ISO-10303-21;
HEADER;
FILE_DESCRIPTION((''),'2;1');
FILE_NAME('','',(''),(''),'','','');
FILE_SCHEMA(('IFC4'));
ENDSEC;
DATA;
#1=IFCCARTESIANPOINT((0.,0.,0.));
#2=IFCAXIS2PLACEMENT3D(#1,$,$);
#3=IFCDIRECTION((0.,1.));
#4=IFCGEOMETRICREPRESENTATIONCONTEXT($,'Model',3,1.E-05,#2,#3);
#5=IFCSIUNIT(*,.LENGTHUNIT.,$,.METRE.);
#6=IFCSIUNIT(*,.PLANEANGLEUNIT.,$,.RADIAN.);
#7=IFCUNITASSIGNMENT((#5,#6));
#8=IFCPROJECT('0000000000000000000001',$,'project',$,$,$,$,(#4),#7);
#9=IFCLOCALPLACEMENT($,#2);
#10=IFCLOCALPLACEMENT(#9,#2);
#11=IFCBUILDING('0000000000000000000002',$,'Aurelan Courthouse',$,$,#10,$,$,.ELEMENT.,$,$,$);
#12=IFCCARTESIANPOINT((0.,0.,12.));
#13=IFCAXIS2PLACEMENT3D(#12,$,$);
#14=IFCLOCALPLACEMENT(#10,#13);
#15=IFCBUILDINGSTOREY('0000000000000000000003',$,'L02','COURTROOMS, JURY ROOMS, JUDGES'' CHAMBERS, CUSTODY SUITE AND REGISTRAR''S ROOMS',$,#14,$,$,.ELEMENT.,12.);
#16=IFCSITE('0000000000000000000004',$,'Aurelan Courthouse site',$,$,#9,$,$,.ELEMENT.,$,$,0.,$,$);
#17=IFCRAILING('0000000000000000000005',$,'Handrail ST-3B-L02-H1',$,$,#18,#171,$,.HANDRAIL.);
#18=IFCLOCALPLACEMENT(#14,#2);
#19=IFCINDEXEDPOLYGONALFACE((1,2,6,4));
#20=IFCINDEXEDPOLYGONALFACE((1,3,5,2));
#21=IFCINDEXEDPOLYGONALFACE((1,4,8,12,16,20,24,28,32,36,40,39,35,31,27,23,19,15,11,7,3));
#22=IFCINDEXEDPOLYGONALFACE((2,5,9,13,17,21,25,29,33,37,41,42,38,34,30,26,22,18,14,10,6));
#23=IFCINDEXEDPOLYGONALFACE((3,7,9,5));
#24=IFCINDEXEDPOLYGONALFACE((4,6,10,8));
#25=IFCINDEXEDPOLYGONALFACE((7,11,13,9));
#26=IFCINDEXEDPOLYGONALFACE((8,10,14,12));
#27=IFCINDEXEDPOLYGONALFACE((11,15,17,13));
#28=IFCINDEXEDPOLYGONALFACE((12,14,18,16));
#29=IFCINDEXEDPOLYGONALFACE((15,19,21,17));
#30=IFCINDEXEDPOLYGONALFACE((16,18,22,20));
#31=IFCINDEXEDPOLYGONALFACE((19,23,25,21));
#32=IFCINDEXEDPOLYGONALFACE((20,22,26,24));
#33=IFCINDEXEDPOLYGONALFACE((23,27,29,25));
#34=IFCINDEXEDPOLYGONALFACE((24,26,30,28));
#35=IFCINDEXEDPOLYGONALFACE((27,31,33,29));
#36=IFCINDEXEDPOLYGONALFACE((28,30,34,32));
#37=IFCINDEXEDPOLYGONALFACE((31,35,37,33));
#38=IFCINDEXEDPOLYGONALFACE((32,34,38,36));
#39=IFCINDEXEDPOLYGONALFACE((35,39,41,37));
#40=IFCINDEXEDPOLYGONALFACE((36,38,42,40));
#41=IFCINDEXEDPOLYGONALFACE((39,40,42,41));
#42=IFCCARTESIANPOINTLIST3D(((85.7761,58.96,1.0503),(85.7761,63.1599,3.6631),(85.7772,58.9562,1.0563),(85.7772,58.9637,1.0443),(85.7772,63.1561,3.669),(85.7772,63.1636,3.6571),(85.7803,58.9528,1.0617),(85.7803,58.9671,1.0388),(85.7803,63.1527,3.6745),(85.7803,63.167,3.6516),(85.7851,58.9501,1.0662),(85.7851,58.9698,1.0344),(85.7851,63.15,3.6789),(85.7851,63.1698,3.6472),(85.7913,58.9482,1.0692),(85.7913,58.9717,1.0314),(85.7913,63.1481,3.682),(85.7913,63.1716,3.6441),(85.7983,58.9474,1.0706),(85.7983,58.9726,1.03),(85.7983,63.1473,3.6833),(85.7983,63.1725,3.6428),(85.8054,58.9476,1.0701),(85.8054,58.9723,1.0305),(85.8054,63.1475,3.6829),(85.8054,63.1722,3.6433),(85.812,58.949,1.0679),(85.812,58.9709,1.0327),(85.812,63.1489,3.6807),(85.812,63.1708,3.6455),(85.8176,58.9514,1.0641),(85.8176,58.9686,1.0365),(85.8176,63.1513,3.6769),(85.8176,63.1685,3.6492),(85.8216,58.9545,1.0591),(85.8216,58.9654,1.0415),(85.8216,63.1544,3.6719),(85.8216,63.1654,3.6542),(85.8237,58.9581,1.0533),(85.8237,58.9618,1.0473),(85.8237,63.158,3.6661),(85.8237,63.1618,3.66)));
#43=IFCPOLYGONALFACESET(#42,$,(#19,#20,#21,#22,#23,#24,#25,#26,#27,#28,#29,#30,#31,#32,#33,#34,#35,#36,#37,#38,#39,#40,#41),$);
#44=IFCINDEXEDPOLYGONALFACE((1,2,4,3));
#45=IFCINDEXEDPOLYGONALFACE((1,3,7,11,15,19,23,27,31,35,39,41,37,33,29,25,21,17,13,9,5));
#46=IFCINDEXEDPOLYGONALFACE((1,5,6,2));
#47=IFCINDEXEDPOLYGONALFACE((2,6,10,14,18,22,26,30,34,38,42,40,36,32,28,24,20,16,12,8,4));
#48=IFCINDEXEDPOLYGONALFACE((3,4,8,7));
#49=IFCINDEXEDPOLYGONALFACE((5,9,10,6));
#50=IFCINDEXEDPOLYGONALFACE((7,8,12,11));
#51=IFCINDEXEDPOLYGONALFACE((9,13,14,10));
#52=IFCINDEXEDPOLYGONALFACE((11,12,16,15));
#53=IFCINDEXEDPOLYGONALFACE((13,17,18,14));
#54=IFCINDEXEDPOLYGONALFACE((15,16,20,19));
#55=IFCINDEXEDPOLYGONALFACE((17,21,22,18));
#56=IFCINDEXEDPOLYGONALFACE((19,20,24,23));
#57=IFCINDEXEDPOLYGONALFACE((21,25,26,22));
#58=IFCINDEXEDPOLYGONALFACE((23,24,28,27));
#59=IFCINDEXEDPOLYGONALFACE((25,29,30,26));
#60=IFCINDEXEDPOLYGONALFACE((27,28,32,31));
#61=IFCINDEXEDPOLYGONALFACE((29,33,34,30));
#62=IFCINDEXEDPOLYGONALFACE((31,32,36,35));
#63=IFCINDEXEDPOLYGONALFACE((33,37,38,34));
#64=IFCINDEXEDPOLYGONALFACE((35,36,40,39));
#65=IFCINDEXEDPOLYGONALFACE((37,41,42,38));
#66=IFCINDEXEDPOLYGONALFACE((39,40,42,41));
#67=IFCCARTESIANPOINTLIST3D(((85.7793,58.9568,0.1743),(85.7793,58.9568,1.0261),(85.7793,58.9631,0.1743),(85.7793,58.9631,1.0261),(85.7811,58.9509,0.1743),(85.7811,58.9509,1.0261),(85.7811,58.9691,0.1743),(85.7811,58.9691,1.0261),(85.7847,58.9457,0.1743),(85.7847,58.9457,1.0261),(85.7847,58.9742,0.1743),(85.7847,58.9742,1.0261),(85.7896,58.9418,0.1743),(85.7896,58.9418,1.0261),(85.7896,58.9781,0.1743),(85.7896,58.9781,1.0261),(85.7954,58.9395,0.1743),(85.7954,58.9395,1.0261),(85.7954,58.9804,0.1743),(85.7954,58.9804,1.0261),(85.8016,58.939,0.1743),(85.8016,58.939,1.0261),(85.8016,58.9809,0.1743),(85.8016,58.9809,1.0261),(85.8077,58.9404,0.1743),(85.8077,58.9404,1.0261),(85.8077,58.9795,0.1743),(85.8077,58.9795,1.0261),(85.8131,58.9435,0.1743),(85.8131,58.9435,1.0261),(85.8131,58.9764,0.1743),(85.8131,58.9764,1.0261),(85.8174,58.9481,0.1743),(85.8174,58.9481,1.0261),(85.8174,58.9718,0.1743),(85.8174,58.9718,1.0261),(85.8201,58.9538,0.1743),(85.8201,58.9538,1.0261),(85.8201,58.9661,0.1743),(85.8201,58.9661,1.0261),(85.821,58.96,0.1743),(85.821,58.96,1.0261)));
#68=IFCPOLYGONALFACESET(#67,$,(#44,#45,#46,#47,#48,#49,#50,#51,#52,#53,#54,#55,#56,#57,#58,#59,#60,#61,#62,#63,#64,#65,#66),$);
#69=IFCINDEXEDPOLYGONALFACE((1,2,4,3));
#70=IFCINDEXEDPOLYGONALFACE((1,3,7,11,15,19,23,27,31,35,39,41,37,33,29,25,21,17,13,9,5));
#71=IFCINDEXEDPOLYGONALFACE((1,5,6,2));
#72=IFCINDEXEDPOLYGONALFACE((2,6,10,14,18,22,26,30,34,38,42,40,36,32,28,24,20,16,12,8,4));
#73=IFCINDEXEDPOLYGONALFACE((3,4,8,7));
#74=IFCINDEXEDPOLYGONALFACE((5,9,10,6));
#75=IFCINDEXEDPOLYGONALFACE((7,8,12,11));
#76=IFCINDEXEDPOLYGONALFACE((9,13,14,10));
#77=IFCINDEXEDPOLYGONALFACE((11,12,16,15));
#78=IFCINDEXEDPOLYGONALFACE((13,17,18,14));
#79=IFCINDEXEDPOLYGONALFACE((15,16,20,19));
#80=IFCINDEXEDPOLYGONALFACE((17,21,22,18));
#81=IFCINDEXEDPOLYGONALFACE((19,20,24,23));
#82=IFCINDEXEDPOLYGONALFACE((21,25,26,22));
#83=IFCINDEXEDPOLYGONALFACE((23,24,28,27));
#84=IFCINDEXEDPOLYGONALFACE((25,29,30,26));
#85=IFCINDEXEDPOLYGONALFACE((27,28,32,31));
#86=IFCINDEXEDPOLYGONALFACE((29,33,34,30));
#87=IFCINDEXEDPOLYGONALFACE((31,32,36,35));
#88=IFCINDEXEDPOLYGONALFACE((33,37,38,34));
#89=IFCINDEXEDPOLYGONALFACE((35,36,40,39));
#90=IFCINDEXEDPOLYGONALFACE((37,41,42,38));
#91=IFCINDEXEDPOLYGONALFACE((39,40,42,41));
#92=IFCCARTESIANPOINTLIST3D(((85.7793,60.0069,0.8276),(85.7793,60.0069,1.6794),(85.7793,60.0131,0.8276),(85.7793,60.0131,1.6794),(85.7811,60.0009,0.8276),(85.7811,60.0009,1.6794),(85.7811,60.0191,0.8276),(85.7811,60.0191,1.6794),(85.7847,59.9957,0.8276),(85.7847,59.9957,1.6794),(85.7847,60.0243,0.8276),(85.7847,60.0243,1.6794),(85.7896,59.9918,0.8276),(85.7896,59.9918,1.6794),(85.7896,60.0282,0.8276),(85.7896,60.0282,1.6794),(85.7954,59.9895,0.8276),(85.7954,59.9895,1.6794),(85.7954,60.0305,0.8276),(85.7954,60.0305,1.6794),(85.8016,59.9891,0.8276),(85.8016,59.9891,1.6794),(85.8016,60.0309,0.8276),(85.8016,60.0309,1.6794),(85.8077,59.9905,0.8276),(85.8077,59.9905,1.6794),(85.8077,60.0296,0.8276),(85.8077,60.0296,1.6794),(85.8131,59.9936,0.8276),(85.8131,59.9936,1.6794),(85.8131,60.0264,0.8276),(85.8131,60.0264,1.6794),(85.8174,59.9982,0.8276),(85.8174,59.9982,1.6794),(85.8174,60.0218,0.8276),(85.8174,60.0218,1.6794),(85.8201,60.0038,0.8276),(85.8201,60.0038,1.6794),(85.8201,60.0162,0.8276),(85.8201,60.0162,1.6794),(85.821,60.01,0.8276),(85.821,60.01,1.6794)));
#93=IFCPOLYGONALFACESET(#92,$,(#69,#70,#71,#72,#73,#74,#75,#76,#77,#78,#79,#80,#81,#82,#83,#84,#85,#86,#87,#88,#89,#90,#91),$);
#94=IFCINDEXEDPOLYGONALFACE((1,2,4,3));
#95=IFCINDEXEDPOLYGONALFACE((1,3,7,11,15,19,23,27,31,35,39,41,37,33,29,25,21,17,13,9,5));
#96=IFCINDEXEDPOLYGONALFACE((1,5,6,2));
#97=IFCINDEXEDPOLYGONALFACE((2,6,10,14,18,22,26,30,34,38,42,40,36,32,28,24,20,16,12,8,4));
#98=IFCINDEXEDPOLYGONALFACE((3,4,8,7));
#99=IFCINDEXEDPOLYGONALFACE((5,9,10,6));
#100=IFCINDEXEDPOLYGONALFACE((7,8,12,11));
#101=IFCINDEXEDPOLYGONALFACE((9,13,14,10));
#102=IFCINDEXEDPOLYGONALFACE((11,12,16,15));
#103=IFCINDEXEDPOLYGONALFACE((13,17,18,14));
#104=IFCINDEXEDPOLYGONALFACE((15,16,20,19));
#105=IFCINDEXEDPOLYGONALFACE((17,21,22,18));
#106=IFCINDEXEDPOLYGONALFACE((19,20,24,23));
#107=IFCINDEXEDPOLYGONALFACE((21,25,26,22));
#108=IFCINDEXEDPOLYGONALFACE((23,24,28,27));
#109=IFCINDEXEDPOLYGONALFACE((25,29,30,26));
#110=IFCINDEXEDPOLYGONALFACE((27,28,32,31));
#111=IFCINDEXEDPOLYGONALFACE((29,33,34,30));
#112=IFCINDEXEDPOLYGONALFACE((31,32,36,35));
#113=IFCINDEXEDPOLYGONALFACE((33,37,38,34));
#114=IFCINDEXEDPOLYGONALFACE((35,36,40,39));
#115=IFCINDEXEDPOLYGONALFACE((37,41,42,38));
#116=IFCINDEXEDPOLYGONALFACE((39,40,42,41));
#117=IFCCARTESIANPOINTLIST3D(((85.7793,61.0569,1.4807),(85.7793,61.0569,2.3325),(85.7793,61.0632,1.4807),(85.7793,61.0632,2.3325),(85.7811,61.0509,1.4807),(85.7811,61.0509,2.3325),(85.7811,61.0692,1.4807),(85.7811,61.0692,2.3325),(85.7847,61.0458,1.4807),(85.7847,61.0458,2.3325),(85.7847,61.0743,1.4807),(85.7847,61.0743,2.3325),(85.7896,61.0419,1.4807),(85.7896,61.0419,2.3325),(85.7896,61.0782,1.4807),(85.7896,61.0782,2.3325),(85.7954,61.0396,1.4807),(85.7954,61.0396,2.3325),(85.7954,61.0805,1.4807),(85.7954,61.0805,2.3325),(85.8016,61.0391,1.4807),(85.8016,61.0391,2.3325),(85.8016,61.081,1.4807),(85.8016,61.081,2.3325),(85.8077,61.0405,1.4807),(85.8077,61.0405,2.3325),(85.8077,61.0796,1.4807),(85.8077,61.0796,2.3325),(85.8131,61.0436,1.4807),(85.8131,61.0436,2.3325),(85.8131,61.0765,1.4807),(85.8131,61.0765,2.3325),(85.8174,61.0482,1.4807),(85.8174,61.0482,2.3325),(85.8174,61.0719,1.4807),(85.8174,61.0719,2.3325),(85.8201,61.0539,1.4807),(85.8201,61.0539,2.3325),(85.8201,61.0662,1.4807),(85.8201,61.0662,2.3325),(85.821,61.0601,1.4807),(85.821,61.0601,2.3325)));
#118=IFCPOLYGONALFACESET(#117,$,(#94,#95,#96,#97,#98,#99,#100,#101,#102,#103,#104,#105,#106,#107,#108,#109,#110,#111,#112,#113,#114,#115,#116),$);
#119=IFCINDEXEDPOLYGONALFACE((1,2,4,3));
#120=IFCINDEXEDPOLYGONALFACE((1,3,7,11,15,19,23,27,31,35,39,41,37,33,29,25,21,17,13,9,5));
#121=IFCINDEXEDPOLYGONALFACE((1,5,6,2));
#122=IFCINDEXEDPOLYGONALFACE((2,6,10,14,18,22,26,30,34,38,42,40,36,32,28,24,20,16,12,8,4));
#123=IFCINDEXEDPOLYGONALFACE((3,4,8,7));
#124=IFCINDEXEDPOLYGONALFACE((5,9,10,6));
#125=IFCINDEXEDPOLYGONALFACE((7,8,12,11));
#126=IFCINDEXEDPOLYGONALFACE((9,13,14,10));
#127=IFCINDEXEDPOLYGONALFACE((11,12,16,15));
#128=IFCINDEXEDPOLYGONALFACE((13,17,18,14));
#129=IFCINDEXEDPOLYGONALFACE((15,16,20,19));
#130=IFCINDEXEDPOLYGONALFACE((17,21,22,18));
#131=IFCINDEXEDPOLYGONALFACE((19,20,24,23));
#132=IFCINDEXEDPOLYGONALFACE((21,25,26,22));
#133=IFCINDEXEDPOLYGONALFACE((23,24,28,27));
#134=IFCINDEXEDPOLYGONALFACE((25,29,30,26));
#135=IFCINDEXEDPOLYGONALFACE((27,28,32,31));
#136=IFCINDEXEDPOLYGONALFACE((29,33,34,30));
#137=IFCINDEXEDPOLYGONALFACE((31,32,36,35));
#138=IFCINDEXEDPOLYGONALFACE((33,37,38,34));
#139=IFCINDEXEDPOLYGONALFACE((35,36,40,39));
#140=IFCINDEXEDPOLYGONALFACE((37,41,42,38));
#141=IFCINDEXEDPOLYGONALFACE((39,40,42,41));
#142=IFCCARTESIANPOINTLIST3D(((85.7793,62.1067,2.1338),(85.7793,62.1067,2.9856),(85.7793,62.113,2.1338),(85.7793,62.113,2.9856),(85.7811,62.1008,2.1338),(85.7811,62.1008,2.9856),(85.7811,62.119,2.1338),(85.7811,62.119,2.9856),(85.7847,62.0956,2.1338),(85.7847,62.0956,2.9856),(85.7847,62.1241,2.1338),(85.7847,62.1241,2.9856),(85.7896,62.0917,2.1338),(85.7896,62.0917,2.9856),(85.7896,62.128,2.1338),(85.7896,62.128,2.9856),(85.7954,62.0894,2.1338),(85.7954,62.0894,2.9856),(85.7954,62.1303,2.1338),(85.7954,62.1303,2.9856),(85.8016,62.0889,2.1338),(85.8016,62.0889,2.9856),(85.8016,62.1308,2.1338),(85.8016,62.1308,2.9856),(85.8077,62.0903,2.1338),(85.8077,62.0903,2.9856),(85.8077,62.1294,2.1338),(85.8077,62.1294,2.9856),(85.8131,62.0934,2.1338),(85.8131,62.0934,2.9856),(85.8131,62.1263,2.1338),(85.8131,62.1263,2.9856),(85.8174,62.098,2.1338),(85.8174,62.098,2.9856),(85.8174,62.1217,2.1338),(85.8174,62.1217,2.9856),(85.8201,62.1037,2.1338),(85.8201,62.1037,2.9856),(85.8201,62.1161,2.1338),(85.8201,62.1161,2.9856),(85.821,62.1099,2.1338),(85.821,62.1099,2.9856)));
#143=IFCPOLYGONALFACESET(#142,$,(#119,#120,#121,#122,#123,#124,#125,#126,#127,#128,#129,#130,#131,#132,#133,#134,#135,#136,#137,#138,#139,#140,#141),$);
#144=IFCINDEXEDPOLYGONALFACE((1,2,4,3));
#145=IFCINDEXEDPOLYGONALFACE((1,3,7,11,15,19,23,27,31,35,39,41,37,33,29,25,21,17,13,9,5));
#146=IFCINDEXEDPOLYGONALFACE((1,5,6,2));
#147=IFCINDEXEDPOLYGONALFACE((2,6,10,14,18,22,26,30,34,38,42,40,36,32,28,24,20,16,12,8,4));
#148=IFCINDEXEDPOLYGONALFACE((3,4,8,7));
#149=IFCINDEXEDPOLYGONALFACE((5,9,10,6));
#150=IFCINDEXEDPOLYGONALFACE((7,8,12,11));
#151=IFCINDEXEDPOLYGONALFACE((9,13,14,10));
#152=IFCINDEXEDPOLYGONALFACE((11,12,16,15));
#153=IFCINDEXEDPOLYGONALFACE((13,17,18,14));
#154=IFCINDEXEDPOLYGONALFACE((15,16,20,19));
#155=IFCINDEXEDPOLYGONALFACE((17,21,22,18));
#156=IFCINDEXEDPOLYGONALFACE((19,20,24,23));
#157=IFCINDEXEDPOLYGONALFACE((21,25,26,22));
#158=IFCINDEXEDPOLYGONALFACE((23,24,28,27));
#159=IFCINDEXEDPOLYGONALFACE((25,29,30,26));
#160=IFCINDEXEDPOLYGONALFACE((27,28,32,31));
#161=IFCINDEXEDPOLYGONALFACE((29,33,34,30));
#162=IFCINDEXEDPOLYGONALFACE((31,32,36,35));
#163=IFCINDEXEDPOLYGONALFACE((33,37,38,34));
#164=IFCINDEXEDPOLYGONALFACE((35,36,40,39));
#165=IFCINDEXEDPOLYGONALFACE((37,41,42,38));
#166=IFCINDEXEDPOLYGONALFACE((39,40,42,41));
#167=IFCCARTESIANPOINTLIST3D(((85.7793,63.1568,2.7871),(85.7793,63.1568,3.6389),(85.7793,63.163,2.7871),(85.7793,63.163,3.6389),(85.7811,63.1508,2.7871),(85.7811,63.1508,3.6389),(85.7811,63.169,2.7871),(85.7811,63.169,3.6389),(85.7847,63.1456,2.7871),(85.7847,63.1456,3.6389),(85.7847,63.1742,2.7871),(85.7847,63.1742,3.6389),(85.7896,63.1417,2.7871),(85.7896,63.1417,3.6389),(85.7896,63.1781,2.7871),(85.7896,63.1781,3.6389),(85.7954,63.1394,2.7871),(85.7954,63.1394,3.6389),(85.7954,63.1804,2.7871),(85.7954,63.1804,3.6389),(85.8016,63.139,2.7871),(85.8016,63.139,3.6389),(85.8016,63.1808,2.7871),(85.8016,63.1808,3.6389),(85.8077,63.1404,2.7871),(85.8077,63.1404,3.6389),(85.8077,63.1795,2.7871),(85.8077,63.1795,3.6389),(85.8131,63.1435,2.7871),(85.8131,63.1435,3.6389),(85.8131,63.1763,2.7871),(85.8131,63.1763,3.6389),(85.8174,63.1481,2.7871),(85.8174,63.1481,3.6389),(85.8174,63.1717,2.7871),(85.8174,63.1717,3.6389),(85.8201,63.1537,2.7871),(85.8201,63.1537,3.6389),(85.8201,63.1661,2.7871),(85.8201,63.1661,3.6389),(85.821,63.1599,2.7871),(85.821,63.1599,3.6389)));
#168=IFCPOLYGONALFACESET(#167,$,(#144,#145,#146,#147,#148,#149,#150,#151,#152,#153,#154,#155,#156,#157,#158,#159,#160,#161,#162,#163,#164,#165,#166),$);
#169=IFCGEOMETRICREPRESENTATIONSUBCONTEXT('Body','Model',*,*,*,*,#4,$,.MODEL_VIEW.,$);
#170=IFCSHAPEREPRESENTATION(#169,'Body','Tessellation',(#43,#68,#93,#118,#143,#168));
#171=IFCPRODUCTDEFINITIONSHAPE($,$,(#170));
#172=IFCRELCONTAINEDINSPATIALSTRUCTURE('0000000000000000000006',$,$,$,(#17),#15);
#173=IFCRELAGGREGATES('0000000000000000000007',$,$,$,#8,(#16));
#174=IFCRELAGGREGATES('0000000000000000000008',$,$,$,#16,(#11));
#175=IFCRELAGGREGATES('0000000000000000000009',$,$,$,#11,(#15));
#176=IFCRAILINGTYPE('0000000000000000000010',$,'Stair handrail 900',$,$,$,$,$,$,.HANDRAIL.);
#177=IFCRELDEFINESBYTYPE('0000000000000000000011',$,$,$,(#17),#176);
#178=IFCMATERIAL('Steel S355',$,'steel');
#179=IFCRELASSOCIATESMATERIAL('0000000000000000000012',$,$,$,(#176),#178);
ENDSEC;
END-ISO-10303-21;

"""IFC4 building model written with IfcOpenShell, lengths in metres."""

from ifc_helpers import new_model, si_unit, direction, frame, origin, origin_2d, place, context, subcontext, project, spatial, circle, extrude, material, type_object, element, save


model = new_model("IFC4")

# Units and contexts
model_context = context("Model", 3, precision=1e-05, world=origin(), true_north=direction((0.0, 1.0)))
body_context = subcontext(model_context, "Body", "Model", "MODEL_VIEW")
ifc_project = project(units=[si_unit("LENGTHUNIT", "METRE"), si_unit("PLANEANGLEUNIT", "RADIAN")], contexts=[model_context])

# Site, building, storey
site_placement = place(None, origin())
site = spatial("IfcSite", under=ifc_project, at=site_placement, Name="Aurelan Courthouse site", CompositionType="ELEMENT", RefElevation=0.0)
building_placement = place(site_placement, origin())
building = spatial("IfcBuilding", under=site, at=building_placement, Name="Aurelan Courthouse", CompositionType="ELEMENT")
storey_placement = place(building_placement, frame((0.0, 0.0, 12.0)))
storey = spatial("IfcBuildingStorey", under=building, at=storey_placement, Name="L02", Description="COURTROOMS, JURY ROOMS, JUDGES' CHAMBERS, CUSTODY SUITE AND REGISTRAR'S ROOMS", CompositionType="ELEMENT", Elevation=12.0)

# Railing
ifc_material_1 = material(Name="Steel S355", Category="steel")
railing_type_1 = type_object("IfcRailingType", Name="Stair handrail 900", PredefinedType="HANDRAIL", material=ifc_material_1)
railing_1_placement = place(storey_placement, frame((85.8, 58.96, 0.1743)))
element("IfcRailing", 1, at=railing_1_placement, inside=storey, type_object=railing_type_1, Name="Handrail ST-3B-L02-H1", PredefinedType="HANDRAIL", context=body_context, shape_type="SweptSolid", body=[
    extrude(circle(Radius=0.0239, at=origin_2d()), frame((0.0, 0.0, 0.876), z_axis=(0.0, 0.849103, 0.528228), x_axis=(-1.0, 0.0, 0.0)), (0.0, 0.0, 1.0), 4.9463),
    extrude(circle(Radius=0.021, at=origin_2d()), origin(), (0.0, 0.0, 1.0), 0.8518),
    extrude(circle(Radius=0.021, at=origin_2d()), frame((0.0, 1.05, 0.6533)), (0.0, 0.0, 1.0), 0.8518),
    extrude(circle(Radius=0.021, at=origin_2d()), frame((0.0, 2.1001, 1.3064)), (0.0, 0.0, 1.0), 0.8518),
    extrude(circle(Radius=0.021, at=origin_2d()), frame((0.0, 3.1499, 1.9595)), (0.0, 0.0, 1.0), 0.8518),
    extrude(circle(Radius=0.021, at=origin_2d()), frame((0.0, 4.2, 2.6128)), (0.0, 0.0, 1.0), 0.8518),
])

save(model, "model.ifc")
